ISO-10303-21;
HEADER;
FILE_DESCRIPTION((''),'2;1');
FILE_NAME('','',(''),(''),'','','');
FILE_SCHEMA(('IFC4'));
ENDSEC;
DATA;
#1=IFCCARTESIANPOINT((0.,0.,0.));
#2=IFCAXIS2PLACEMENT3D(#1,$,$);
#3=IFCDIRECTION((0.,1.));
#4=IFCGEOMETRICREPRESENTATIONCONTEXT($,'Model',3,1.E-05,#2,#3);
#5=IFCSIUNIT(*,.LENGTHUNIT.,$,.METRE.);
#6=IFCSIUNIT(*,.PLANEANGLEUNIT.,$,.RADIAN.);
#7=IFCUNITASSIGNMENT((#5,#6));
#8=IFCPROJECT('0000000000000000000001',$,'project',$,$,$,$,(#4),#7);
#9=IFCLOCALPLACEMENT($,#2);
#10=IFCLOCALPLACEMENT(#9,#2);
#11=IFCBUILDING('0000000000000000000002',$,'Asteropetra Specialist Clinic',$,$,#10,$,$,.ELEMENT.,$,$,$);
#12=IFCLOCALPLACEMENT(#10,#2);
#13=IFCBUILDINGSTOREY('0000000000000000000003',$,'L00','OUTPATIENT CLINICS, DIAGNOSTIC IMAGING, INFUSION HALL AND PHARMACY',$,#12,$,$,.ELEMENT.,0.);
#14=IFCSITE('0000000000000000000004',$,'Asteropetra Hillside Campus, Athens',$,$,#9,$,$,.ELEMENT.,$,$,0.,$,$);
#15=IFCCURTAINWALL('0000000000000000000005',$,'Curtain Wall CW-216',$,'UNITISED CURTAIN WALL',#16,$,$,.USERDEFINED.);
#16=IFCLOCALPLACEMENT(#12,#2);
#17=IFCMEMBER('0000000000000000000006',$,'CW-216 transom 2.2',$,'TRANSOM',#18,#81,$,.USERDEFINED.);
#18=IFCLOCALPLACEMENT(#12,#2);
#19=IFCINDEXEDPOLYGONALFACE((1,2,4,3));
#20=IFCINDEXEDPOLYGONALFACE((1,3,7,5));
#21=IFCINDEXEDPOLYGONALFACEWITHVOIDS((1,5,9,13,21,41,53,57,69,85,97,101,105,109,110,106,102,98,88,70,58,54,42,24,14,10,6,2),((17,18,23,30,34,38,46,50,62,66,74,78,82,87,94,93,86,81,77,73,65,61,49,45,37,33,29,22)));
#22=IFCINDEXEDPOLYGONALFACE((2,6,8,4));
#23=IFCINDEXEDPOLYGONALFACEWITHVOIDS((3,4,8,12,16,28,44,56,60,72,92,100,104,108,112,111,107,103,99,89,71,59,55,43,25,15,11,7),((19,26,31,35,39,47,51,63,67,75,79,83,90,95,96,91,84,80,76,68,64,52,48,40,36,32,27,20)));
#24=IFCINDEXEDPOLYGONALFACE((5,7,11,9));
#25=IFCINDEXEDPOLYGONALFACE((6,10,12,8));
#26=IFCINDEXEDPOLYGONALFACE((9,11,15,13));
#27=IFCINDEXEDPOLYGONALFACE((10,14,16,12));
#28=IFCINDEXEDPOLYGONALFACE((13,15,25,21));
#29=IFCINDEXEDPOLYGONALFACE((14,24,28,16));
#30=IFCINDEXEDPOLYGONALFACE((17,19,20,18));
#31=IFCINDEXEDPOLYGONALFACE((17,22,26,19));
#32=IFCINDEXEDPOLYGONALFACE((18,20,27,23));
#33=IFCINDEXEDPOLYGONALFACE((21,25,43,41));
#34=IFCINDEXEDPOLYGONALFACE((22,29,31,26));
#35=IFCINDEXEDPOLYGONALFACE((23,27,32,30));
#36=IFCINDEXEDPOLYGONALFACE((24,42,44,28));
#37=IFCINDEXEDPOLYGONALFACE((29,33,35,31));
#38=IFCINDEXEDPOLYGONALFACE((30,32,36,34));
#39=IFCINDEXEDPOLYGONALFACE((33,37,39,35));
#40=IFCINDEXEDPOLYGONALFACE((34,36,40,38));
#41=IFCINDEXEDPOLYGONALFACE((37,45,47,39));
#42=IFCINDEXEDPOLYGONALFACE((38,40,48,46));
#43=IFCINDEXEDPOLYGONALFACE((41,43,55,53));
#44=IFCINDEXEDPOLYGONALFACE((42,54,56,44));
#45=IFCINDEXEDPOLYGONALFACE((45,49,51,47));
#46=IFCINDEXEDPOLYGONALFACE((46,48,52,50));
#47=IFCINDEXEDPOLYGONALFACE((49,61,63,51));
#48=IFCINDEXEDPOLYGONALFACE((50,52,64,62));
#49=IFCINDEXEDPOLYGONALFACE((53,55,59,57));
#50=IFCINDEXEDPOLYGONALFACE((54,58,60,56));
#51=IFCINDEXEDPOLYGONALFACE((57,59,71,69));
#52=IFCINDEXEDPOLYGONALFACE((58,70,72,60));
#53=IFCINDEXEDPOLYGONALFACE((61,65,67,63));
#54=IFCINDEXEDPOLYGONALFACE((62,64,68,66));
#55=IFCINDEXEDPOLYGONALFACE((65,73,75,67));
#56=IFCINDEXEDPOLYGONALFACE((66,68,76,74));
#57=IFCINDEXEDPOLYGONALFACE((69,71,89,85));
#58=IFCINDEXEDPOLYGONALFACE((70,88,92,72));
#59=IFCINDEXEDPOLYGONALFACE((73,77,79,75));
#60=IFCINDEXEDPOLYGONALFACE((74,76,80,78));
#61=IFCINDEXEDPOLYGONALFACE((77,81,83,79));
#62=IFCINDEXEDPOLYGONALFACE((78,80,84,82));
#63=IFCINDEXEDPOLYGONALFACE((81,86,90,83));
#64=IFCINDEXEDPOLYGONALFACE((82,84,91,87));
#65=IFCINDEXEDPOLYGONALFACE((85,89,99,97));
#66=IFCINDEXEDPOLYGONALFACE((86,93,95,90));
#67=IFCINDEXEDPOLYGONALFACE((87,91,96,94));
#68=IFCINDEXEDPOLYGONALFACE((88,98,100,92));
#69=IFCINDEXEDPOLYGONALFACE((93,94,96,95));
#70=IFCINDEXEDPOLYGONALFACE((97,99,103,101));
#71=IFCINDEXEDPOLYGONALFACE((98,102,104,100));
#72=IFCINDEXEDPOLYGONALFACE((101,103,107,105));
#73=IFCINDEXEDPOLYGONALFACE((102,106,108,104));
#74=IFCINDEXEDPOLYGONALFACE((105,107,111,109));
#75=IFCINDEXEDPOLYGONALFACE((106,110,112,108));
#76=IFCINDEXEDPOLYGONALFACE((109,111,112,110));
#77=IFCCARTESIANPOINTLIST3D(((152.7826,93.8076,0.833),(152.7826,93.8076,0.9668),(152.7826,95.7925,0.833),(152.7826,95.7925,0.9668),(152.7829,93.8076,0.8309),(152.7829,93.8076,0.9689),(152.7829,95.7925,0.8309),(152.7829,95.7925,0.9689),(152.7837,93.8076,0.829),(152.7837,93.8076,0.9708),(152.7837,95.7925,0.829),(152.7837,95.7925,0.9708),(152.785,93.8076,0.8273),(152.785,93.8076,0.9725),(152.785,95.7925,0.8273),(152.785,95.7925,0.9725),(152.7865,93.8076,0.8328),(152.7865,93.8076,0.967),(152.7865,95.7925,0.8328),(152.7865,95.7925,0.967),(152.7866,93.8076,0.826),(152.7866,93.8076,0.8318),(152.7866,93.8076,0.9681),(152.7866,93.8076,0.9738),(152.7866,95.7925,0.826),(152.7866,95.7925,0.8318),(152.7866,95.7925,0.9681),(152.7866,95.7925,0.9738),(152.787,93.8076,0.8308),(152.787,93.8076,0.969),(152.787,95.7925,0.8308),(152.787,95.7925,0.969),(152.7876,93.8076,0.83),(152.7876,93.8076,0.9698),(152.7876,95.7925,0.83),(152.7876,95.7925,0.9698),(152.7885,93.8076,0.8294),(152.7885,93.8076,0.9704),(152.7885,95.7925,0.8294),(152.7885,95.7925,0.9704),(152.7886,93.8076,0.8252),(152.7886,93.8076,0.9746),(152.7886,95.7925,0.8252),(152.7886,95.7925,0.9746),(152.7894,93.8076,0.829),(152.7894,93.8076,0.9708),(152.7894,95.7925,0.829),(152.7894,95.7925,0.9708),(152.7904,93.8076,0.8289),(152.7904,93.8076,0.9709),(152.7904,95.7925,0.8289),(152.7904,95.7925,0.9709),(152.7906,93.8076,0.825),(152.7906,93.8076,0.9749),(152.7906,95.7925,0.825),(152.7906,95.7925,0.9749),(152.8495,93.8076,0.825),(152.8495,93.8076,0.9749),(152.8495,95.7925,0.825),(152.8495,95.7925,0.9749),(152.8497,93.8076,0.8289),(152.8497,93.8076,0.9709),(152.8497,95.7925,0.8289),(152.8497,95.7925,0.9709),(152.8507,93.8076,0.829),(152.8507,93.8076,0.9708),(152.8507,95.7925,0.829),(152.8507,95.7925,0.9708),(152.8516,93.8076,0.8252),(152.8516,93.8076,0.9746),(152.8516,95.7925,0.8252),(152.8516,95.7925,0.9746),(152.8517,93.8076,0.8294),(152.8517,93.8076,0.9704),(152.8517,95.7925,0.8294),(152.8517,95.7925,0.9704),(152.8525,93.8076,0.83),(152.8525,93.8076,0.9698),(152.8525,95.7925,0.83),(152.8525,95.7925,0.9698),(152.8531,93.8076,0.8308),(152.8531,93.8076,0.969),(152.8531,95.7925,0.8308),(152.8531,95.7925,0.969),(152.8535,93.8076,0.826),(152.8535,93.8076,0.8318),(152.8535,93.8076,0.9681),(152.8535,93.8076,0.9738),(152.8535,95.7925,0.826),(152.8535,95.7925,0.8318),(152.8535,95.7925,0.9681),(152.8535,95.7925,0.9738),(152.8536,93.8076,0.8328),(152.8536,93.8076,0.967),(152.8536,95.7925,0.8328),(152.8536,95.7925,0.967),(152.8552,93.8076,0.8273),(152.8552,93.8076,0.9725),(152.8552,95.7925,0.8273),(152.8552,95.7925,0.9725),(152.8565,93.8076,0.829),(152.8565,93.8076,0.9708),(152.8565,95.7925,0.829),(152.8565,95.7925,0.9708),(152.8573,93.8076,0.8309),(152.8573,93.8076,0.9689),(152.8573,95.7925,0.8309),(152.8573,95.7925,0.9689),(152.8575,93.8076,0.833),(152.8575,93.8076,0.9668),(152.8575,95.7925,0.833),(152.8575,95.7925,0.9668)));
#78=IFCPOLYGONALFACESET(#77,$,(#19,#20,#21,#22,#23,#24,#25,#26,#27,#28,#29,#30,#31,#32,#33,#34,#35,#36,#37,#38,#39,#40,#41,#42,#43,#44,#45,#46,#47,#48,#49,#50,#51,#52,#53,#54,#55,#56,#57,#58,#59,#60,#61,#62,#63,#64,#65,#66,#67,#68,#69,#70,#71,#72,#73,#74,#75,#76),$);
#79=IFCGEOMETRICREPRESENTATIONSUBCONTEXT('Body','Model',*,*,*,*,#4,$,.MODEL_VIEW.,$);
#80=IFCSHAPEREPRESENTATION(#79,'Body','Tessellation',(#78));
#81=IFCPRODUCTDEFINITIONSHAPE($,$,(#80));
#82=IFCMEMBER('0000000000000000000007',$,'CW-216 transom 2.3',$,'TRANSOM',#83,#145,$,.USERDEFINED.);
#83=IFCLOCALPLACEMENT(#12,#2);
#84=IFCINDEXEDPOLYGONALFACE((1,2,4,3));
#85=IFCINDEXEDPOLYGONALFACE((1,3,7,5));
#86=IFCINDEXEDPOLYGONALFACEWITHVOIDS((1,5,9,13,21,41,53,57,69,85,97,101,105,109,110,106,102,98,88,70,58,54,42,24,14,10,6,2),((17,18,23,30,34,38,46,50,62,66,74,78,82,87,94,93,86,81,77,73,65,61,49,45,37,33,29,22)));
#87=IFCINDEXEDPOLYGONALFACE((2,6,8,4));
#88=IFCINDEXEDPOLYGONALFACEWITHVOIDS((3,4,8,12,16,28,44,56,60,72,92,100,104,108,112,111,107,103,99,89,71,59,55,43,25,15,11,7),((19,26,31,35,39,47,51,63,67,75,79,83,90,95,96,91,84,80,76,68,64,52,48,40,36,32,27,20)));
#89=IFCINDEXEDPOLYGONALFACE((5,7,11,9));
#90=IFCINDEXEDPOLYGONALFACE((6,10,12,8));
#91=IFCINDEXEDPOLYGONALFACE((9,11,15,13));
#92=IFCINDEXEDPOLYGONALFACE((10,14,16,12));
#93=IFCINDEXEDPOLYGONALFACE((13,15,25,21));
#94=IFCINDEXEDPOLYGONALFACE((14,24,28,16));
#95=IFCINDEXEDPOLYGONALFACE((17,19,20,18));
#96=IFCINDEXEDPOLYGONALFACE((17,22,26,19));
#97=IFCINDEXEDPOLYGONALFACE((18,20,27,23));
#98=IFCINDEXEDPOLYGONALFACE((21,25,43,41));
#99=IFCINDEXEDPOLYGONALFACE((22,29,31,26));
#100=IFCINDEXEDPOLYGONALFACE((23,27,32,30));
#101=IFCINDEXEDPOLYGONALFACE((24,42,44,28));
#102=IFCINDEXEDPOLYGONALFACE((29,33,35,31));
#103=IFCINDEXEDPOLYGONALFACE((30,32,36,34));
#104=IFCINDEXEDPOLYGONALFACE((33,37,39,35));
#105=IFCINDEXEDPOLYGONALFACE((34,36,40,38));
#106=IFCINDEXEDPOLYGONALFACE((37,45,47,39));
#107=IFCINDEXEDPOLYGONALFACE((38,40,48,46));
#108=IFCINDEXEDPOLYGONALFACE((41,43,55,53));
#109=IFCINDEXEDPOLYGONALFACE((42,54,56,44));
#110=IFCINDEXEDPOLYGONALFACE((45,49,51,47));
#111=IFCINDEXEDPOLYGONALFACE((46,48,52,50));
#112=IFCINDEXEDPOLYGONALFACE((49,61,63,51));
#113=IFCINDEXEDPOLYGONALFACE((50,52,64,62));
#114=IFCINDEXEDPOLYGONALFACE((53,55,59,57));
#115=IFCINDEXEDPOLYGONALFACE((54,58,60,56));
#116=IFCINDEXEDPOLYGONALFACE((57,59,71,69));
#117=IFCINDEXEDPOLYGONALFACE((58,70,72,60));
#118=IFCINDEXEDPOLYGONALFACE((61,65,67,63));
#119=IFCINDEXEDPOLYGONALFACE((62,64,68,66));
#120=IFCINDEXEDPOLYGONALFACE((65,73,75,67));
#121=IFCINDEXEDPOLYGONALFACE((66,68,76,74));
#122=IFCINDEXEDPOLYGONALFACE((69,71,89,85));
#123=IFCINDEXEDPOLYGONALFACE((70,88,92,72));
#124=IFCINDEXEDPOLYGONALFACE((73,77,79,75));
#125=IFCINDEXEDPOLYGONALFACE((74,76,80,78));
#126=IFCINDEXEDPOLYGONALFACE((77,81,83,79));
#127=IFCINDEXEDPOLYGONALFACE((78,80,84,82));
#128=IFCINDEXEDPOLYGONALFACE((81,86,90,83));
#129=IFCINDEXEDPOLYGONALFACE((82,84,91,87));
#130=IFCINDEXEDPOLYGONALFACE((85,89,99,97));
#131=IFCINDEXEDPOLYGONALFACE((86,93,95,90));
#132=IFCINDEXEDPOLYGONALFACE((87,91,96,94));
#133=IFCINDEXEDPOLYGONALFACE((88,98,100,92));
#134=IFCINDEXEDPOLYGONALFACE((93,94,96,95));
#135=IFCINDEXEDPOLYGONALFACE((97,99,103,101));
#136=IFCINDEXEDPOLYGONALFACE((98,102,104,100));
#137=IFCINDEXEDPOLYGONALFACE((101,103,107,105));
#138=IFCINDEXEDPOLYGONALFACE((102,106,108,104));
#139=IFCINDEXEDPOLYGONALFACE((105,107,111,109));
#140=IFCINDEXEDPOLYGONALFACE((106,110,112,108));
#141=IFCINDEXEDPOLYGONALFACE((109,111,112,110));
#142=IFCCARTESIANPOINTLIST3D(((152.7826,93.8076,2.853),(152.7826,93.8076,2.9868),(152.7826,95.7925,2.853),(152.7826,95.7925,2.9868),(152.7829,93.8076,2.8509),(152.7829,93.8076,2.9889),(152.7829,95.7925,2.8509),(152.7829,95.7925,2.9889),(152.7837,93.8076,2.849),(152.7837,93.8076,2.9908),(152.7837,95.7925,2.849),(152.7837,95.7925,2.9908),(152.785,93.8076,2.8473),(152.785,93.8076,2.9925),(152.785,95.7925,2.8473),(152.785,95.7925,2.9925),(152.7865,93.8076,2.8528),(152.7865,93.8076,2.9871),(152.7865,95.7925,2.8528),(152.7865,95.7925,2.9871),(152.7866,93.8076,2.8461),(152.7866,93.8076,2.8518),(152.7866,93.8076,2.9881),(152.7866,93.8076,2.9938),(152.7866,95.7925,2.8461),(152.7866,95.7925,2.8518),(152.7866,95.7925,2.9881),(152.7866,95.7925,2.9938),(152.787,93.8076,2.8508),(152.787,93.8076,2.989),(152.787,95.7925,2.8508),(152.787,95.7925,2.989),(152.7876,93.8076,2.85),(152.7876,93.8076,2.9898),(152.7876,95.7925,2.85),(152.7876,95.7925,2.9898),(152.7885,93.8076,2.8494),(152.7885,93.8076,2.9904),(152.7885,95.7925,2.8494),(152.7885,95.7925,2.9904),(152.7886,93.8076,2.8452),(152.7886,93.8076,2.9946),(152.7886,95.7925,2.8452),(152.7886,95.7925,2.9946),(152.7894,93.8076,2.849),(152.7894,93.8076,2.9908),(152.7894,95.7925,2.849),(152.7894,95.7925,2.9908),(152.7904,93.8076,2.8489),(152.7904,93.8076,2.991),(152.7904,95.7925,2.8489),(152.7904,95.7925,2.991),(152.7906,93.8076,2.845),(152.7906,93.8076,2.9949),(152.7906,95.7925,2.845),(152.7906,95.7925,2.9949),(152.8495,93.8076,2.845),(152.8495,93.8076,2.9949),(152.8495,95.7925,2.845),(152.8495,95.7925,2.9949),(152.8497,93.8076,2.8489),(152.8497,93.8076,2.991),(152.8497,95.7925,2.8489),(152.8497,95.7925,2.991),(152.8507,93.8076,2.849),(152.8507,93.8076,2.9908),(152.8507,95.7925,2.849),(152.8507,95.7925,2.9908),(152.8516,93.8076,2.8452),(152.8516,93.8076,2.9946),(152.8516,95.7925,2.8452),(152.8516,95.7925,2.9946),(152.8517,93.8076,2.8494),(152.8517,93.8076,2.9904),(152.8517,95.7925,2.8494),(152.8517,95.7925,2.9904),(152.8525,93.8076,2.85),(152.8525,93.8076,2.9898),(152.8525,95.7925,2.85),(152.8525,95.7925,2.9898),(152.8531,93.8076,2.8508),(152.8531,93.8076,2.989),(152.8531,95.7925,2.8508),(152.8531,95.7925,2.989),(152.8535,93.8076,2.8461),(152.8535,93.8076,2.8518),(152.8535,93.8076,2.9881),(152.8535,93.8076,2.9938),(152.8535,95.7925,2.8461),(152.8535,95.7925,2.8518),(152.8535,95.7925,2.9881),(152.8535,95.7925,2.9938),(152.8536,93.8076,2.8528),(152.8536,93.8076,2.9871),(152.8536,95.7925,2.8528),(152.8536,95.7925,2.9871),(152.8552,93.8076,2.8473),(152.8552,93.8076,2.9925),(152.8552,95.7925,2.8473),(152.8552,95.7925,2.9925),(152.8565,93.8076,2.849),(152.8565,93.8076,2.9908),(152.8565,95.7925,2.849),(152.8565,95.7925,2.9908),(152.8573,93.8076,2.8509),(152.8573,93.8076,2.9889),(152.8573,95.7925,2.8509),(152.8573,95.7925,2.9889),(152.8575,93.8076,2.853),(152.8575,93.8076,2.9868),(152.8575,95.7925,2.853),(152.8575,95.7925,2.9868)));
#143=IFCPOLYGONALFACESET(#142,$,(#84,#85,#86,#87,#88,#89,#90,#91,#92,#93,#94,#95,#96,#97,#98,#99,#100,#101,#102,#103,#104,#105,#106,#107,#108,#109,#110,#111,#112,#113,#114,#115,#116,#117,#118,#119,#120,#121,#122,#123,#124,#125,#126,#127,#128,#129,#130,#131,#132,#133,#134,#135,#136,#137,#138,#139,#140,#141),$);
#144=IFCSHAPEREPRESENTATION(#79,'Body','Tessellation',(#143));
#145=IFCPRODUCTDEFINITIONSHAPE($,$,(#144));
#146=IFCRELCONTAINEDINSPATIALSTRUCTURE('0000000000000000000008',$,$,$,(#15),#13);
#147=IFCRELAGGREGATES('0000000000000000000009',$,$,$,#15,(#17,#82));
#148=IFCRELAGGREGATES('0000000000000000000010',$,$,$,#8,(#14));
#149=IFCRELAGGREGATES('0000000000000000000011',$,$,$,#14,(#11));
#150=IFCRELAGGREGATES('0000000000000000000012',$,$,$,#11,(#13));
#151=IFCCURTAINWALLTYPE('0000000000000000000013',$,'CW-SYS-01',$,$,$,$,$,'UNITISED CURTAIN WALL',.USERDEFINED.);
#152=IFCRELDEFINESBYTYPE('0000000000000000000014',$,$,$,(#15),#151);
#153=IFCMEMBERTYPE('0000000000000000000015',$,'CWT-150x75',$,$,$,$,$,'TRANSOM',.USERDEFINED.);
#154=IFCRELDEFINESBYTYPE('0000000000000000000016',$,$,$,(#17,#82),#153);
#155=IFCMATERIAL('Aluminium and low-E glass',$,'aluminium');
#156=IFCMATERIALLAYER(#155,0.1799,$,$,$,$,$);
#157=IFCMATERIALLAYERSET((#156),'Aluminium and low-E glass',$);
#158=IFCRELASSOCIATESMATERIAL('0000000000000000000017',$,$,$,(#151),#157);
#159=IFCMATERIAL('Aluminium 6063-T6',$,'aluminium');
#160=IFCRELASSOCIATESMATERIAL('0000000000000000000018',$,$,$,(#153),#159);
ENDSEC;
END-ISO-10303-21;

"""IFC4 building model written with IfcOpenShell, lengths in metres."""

from ifc_helpers import new_model, si_unit, direction, frame, origin, origin_2d, place, context, subcontext, project, spatial, hollow_rectangle, extrude, material, layer, layer_set, material_profile, profile_set, type_object, element, aggregate, save


model = new_model("IFC4")

# Units and contexts
model_context = context("Model", 3, precision=1e-05, world=origin(), true_north=direction((0.0, 1.0)))
body_context = subcontext(model_context, "Body", "Model", "MODEL_VIEW")
ifc_project = project(units=[si_unit("LENGTHUNIT", "METRE"), si_unit("PLANEANGLEUNIT", "RADIAN")], contexts=[model_context])

# Site, building, storey
site_placement = place(None, origin())
site = spatial("IfcSite", under=ifc_project, at=site_placement, Name="Asteropetra Hillside Campus, Athens", CompositionType="ELEMENT", RefElevation=0.0)
building_placement = place(site_placement, origin())
building = spatial("IfcBuilding", under=site, at=building_placement, Name="Asteropetra Specialist Clinic", CompositionType="ELEMENT")
storey_placement = place(building_placement, origin())
storey = spatial("IfcBuildingStorey", under=building, at=storey_placement, Name="L00", Description="OUTPATIENT CLINICS, DIAGNOSTIC IMAGING, INFUSION HALL AND PHARMACY", CompositionType="ELEMENT", Elevation=0.0)

# Curtain wall, members
ifc_material_1 = material(Name="Aluminium and low-E glass", Category="aluminium")
ifc_layer_1 = layer(ifc_material_1, 0.1799)
ifc_layer_set_1 = layer_set([ifc_layer_1], Name="Aluminium and low-E glass")
curtain_wall_type = type_object("IfcCurtainWallType", Name="CW-SYS-01", ElementType="UNITISED CURTAIN WALL", PredefinedType="USERDEFINED", material=ifc_layer_set_1)
curtain_wall_placement = place(storey_placement, origin())
curtain_wall = element("IfcCurtainWall", 1, at=curtain_wall_placement, inside=storey, type_object=curtain_wall_type, Name="Curtain Wall CW-216", ObjectType="UNITISED CURTAIN WALL", PredefinedType="USERDEFINED")
ifc_material_2 = material(Name="Aluminium 6063-T6", Category="aluminium")
ifc_material_profile_1 = material_profile(ifc_material_2, hollow_rectangle(XDim=0.075, YDim=0.1499, WallThickness=0.0039, InnerFilletRadius=0.0039, OuterFilletRadius=0.0081, at=origin_2d()), Name="TRN 150x75x4.0")
ifc_profile_set_1 = profile_set([ifc_material_profile_1], Name="Aluminium 6063-T6")
member_type_1 = type_object("IfcMemberType", Name="CWT-150x75", ElementType="TRANSOM", PredefinedType="USERDEFINED", material=ifc_profile_set_1)
member_1_placement = place(storey_placement, frame((152.8201, 93.8076, 0.8999), z_axis=(0.0, 1.0, 0.0), x_axis=(-1.0, 0.0, 0.0)))
member_1 = element("IfcMember", 2, at=member_1_placement, type_object=member_type_1, Name="CW-216 transom 2.2", ObjectType="TRANSOM", PredefinedType="USERDEFINED", context=body_context, shape_type="SweptSolid", body=[
    extrude(hollow_rectangle(XDim=0.075, YDim=0.1499, WallThickness=0.0039, InnerFilletRadius=0.0039, OuterFilletRadius=0.0081, at=origin_2d()), origin(), (0.0, 0.0, 1.0), 1.9849),
])
member_2_placement = place(storey_placement, frame((152.8201, 93.8076, 2.9199), z_axis=(0.0, 1.0, 0.0), x_axis=(-1.0, 0.0, 0.0)))
member_2 = element("IfcMember", 3, at=member_2_placement, type_object=member_type_1, Name="CW-216 transom 2.3", ObjectType="TRANSOM", PredefinedType="USERDEFINED", context=body_context, shape_type="SweptSolid", body=[
    extrude(hollow_rectangle(XDim=0.075, YDim=0.1499, WallThickness=0.0039, InnerFilletRadius=0.0039, OuterFilletRadius=0.0081, at=origin_2d()), origin(), (0.0, 0.0, 1.0), 1.9849),
])
aggregate(curtain_wall, [member_1, member_2])

save(model, "model.ifc")
